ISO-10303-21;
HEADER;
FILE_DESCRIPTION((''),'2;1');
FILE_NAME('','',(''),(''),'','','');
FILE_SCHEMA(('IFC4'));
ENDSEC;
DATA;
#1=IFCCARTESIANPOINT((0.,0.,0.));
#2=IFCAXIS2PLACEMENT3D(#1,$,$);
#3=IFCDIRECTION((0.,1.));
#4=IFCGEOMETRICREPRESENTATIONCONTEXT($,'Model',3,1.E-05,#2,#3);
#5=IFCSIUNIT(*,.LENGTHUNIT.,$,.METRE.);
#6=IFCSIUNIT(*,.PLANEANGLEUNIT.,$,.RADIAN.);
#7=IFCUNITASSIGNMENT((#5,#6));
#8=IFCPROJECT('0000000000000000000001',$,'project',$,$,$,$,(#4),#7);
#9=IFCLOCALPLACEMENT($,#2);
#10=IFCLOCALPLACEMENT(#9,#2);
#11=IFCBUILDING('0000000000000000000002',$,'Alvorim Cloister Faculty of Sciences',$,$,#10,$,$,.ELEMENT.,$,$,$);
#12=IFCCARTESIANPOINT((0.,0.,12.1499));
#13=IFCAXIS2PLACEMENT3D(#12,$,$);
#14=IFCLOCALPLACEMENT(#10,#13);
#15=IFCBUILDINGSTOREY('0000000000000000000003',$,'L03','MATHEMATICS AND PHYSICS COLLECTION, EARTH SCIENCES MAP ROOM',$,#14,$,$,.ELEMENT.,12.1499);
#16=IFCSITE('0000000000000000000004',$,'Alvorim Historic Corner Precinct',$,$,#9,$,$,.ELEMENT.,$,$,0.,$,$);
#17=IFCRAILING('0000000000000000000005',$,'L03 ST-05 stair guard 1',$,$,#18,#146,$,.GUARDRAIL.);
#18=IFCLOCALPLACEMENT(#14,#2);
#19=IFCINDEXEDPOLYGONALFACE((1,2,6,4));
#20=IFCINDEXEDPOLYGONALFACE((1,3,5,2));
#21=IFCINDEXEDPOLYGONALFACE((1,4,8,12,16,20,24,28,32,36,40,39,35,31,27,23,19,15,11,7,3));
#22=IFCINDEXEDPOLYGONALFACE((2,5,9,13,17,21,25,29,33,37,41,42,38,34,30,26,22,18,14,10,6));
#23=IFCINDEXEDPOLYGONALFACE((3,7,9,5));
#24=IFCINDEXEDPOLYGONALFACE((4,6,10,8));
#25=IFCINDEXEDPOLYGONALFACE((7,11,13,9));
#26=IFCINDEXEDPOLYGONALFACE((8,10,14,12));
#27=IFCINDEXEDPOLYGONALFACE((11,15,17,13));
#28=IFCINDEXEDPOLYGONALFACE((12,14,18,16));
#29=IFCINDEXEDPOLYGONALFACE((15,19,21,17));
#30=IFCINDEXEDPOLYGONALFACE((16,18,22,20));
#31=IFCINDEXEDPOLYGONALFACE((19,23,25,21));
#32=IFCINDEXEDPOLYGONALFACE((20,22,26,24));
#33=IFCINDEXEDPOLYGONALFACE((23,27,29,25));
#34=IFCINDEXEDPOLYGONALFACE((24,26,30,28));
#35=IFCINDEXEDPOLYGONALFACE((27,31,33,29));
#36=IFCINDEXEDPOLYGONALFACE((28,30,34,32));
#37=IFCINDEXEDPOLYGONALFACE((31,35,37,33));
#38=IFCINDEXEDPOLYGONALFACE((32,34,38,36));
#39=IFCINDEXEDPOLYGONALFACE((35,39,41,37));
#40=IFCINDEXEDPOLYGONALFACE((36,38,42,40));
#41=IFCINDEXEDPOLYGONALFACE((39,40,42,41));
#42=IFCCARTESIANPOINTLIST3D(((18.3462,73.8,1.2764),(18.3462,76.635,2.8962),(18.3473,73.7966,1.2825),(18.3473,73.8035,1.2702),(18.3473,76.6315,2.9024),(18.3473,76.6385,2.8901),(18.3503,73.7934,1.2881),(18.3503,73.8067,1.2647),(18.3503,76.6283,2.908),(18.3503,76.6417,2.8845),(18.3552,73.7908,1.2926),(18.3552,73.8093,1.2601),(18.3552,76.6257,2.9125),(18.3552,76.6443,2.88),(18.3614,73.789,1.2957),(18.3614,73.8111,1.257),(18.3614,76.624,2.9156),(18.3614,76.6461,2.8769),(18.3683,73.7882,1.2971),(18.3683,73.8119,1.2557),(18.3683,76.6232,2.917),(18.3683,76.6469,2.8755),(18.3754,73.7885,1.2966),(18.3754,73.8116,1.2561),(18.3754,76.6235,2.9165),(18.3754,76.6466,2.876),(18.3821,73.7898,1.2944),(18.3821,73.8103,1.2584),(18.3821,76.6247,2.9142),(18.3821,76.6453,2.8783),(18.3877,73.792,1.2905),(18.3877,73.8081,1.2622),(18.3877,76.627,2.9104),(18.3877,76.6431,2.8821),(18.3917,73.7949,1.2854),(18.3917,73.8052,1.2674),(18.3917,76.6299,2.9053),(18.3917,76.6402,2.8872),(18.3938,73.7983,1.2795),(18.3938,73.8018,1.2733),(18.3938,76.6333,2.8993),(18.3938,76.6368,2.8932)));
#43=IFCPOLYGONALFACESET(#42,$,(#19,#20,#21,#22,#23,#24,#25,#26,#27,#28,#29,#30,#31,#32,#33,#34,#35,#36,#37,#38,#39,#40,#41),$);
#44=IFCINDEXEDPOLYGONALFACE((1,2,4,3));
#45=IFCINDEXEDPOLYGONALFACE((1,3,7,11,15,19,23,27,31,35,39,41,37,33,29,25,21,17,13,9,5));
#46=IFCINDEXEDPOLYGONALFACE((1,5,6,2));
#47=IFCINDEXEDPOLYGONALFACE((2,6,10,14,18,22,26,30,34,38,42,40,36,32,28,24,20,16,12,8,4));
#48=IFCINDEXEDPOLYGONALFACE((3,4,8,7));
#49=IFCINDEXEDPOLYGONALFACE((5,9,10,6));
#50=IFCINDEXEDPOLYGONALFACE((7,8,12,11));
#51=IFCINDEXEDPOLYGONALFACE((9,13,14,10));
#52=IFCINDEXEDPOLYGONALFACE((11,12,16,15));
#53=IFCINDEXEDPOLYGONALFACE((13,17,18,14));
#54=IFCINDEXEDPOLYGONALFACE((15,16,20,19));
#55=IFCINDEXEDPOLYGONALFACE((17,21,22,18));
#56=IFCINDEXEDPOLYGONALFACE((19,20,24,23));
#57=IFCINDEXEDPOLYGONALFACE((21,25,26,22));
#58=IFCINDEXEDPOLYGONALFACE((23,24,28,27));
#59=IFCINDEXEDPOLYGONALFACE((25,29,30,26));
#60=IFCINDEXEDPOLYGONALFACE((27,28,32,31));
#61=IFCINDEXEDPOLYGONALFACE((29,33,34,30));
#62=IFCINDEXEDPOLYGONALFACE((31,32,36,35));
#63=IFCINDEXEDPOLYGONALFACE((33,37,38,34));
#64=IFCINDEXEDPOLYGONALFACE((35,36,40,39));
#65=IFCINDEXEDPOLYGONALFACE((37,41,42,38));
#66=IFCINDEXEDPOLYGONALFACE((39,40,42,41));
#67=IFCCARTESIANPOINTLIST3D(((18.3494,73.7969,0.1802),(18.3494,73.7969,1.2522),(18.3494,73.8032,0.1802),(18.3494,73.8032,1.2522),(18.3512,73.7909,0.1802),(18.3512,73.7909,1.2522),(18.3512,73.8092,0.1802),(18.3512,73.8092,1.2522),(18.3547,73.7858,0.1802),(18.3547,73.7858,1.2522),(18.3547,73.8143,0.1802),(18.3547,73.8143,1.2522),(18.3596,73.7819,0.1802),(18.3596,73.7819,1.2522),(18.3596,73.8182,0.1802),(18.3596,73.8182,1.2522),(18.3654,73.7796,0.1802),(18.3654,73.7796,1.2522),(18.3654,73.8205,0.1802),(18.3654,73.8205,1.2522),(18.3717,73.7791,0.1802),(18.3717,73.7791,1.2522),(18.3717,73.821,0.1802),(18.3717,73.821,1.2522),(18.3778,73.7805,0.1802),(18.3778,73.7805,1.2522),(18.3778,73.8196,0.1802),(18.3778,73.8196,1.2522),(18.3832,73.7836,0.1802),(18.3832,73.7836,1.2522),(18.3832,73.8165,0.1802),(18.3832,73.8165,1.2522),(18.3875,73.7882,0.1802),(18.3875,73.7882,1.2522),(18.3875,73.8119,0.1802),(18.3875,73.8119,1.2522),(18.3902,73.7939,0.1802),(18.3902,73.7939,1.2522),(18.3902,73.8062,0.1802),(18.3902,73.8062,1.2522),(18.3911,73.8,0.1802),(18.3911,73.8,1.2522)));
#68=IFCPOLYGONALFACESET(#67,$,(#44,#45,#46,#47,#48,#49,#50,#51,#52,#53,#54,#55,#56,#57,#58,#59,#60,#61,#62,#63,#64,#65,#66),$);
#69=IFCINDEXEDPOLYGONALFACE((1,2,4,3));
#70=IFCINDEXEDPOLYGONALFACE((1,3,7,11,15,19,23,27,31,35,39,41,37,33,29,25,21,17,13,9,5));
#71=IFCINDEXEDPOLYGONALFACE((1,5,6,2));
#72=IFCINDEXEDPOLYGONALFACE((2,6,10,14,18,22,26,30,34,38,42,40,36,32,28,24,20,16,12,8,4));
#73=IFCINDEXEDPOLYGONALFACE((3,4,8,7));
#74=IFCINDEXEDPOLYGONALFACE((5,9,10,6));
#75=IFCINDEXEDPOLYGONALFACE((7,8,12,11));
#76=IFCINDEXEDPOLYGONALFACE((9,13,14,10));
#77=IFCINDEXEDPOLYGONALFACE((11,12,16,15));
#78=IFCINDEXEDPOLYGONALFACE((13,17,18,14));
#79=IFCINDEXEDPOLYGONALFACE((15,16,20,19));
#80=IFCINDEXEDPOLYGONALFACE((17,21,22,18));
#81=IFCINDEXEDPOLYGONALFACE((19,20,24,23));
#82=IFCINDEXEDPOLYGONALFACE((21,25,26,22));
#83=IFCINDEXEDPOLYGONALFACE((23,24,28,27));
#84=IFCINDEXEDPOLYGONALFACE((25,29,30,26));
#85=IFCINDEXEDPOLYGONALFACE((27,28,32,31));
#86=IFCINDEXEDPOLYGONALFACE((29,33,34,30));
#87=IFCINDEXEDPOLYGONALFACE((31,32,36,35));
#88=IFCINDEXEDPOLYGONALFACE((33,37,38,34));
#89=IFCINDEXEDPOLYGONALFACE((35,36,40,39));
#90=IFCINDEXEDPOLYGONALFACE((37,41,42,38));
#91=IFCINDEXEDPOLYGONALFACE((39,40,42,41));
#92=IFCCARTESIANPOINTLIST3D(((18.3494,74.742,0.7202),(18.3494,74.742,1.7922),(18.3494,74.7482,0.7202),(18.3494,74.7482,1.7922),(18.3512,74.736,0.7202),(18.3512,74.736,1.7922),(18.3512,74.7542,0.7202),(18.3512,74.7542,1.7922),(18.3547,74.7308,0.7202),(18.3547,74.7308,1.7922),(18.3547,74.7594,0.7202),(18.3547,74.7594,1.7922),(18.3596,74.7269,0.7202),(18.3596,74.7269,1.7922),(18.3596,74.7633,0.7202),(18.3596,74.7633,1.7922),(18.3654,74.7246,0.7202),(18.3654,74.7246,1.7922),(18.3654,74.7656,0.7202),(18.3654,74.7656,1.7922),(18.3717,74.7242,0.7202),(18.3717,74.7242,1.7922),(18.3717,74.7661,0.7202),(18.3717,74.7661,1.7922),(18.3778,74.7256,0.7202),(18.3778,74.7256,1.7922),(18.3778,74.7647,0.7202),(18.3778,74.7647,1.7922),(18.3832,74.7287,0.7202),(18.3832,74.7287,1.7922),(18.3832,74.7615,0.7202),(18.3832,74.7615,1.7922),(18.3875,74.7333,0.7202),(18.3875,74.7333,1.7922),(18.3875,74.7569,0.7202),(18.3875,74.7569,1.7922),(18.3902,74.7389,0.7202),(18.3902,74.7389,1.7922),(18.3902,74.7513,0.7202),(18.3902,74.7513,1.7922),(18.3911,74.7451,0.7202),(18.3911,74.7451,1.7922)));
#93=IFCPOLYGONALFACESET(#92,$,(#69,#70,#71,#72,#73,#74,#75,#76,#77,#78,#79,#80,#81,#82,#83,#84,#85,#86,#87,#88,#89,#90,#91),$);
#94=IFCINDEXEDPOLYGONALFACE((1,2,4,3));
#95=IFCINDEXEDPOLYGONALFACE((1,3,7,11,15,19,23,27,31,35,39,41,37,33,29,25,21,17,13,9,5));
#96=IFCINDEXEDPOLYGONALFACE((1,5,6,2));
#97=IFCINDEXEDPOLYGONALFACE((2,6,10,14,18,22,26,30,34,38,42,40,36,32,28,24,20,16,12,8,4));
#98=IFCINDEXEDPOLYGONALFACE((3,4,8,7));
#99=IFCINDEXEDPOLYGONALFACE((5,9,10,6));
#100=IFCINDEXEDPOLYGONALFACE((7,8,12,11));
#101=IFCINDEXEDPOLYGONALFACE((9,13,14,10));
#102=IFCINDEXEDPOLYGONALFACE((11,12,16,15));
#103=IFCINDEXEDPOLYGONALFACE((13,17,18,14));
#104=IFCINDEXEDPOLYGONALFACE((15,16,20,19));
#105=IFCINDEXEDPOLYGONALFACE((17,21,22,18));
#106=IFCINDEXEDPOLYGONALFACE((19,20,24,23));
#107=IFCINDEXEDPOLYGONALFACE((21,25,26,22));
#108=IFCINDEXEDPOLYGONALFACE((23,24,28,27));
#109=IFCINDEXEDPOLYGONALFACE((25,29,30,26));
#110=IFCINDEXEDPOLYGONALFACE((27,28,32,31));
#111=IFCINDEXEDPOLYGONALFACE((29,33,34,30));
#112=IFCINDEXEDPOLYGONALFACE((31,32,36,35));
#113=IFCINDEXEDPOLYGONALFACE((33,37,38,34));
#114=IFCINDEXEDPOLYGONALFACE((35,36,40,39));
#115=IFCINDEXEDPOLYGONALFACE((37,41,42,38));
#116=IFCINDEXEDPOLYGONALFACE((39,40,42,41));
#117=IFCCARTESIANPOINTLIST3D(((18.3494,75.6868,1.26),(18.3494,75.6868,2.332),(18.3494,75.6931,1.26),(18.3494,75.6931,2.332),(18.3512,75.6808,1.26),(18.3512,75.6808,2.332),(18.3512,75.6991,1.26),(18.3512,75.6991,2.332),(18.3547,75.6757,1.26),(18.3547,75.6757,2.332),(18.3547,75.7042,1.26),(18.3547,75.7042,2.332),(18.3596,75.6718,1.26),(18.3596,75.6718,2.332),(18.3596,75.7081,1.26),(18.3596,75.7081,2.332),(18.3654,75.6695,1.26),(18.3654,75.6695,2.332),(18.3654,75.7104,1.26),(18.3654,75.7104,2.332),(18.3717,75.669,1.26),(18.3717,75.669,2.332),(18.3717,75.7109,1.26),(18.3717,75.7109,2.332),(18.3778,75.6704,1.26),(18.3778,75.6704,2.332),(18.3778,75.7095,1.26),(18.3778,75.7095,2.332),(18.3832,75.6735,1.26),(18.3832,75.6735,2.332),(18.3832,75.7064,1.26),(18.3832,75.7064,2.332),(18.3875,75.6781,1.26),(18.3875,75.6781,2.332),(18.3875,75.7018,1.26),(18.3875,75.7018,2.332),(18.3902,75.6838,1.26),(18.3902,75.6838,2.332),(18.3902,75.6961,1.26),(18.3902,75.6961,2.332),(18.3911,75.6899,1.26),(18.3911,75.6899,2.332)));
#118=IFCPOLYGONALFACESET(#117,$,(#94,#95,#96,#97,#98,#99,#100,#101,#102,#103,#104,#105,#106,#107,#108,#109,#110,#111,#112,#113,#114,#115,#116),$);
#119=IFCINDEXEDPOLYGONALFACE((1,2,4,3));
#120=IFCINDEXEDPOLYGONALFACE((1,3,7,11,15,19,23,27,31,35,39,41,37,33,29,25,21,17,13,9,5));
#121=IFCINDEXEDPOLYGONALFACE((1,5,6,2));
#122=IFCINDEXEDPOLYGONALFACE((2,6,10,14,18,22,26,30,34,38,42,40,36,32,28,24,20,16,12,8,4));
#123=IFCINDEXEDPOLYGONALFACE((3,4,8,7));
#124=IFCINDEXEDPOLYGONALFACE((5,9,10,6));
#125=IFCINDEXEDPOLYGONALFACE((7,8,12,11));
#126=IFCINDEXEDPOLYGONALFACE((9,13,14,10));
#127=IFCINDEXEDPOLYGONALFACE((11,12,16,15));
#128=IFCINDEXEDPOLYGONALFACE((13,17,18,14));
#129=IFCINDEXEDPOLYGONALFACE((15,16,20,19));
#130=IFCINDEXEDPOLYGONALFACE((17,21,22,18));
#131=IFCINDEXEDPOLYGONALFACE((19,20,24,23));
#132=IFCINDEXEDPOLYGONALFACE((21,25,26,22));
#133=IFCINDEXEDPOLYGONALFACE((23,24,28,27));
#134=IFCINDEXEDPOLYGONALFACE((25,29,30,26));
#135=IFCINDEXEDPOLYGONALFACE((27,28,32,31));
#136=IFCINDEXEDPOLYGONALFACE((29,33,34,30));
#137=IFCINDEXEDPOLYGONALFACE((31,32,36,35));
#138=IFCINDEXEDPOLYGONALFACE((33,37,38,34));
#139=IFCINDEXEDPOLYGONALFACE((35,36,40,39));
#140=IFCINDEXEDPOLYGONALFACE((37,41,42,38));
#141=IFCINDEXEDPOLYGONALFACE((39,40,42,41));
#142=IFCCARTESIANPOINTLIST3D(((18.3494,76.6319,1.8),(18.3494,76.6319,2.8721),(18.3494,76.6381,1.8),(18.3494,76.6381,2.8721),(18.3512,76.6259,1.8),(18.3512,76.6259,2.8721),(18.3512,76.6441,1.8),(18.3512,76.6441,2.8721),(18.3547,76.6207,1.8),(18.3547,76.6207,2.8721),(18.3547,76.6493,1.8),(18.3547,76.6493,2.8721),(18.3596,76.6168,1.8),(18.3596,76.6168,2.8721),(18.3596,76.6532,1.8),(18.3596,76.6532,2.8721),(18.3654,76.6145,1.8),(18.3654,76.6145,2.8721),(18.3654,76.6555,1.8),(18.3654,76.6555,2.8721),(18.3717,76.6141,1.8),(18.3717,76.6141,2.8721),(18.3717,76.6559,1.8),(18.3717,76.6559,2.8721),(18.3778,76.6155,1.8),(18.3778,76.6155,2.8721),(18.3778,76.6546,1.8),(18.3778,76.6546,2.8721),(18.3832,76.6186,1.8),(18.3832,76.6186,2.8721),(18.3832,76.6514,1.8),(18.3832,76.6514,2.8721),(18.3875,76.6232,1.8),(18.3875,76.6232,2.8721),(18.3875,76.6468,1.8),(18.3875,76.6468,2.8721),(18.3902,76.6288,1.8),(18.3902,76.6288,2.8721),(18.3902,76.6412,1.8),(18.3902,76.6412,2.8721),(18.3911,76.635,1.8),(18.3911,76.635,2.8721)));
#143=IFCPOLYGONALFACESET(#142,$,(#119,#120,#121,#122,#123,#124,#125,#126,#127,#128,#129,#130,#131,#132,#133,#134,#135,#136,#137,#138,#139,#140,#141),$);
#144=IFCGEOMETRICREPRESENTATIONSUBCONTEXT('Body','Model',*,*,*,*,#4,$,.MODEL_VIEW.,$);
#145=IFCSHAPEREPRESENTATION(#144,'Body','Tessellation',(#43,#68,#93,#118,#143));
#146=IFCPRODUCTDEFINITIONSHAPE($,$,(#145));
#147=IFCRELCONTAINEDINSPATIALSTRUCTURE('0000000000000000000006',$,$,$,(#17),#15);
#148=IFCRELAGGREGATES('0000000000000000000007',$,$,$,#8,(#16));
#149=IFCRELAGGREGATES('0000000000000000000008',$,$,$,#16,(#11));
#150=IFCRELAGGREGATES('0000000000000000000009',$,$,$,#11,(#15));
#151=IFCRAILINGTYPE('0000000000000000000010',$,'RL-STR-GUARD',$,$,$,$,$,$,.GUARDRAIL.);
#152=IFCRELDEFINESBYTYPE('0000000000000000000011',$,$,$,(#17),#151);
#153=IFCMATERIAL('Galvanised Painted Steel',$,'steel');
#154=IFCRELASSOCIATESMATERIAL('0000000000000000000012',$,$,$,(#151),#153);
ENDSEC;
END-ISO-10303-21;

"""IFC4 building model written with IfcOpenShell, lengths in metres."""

from ifc_helpers import new_model, si_unit, direction, frame, origin, origin_2d, place, context, subcontext, project, spatial, circle, extrude, material, type_object, element, save


model = new_model("IFC4")

# Units and contexts
model_context = context("Model", 3, precision=1e-05, world=origin(), true_north=direction((0.0, 1.0)))
body_context = subcontext(model_context, "Body", "Model", "MODEL_VIEW")
ifc_project = project(units=[si_unit("LENGTHUNIT", "METRE"), si_unit("PLANEANGLEUNIT", "RADIAN")], contexts=[model_context])

# Site, building, storey
site_placement = place(None, origin())
site = spatial("IfcSite", under=ifc_project, at=site_placement, Name="Alvorim Historic Corner Precinct", CompositionType="ELEMENT", RefElevation=0.0)
building_placement = place(site_placement, origin())
building = spatial("IfcBuilding", under=site, at=building_placement, Name="Alvorim Cloister Faculty of Sciences", CompositionType="ELEMENT")
storey_placement = place(building_placement, frame((0.0, 0.0, 12.1499)))
storey = spatial("IfcBuildingStorey", under=building, at=storey_placement, Name="L03", Description="MATHEMATICS AND PHYSICS COLLECTION, EARTH SCIENCES MAP ROOM", CompositionType="ELEMENT", Elevation=12.1499)

# Railing
ifc_material_1 = material(Name="Galvanised Painted Steel", Category="steel")
railing_type_1 = type_object("IfcRailingType", Name="RL-STR-GUARD", PredefinedType="GUARDRAIL", material=ifc_material_1)
railing_1_placement = place(storey_placement, frame((18.3701, 73.8, 0.1802)))
element("IfcRailing", 1, at=railing_1_placement, inside=storey, type_object=railing_type_1, Name="L03 ST-05 stair guard 1", PredefinedType="GUARDRAIL", context=body_context, shape_type="SweptSolid", body=[
    extrude(circle(Radius=0.0239, at=origin_2d()), frame((0.0, 0.0, 1.0962), z_axis=(0.0, 0.868257, 0.496115), x_axis=(-1.0, 0.0, 0.0)), (0.0, 0.0, 1.0), 3.2651),
    extrude(circle(Radius=0.021, at=origin_2d()), origin(), (0.0, 0.0, 1.0), 1.072),
    extrude(circle(Radius=0.021, at=origin_2d()), frame((0.0, 0.9451, 0.54)), (0.0, 0.0, 1.0), 1.072),
    extrude(circle(Radius=0.021, at=origin_2d()), frame((0.0, 1.8899, 1.0798)), (0.0, 0.0, 1.0), 1.072),
    extrude(circle(Radius=0.021, at=origin_2d()), frame((0.0, 2.835, 1.6199)), (0.0, 0.0, 1.0), 1.072),
])

save(model, "model.ifc")
